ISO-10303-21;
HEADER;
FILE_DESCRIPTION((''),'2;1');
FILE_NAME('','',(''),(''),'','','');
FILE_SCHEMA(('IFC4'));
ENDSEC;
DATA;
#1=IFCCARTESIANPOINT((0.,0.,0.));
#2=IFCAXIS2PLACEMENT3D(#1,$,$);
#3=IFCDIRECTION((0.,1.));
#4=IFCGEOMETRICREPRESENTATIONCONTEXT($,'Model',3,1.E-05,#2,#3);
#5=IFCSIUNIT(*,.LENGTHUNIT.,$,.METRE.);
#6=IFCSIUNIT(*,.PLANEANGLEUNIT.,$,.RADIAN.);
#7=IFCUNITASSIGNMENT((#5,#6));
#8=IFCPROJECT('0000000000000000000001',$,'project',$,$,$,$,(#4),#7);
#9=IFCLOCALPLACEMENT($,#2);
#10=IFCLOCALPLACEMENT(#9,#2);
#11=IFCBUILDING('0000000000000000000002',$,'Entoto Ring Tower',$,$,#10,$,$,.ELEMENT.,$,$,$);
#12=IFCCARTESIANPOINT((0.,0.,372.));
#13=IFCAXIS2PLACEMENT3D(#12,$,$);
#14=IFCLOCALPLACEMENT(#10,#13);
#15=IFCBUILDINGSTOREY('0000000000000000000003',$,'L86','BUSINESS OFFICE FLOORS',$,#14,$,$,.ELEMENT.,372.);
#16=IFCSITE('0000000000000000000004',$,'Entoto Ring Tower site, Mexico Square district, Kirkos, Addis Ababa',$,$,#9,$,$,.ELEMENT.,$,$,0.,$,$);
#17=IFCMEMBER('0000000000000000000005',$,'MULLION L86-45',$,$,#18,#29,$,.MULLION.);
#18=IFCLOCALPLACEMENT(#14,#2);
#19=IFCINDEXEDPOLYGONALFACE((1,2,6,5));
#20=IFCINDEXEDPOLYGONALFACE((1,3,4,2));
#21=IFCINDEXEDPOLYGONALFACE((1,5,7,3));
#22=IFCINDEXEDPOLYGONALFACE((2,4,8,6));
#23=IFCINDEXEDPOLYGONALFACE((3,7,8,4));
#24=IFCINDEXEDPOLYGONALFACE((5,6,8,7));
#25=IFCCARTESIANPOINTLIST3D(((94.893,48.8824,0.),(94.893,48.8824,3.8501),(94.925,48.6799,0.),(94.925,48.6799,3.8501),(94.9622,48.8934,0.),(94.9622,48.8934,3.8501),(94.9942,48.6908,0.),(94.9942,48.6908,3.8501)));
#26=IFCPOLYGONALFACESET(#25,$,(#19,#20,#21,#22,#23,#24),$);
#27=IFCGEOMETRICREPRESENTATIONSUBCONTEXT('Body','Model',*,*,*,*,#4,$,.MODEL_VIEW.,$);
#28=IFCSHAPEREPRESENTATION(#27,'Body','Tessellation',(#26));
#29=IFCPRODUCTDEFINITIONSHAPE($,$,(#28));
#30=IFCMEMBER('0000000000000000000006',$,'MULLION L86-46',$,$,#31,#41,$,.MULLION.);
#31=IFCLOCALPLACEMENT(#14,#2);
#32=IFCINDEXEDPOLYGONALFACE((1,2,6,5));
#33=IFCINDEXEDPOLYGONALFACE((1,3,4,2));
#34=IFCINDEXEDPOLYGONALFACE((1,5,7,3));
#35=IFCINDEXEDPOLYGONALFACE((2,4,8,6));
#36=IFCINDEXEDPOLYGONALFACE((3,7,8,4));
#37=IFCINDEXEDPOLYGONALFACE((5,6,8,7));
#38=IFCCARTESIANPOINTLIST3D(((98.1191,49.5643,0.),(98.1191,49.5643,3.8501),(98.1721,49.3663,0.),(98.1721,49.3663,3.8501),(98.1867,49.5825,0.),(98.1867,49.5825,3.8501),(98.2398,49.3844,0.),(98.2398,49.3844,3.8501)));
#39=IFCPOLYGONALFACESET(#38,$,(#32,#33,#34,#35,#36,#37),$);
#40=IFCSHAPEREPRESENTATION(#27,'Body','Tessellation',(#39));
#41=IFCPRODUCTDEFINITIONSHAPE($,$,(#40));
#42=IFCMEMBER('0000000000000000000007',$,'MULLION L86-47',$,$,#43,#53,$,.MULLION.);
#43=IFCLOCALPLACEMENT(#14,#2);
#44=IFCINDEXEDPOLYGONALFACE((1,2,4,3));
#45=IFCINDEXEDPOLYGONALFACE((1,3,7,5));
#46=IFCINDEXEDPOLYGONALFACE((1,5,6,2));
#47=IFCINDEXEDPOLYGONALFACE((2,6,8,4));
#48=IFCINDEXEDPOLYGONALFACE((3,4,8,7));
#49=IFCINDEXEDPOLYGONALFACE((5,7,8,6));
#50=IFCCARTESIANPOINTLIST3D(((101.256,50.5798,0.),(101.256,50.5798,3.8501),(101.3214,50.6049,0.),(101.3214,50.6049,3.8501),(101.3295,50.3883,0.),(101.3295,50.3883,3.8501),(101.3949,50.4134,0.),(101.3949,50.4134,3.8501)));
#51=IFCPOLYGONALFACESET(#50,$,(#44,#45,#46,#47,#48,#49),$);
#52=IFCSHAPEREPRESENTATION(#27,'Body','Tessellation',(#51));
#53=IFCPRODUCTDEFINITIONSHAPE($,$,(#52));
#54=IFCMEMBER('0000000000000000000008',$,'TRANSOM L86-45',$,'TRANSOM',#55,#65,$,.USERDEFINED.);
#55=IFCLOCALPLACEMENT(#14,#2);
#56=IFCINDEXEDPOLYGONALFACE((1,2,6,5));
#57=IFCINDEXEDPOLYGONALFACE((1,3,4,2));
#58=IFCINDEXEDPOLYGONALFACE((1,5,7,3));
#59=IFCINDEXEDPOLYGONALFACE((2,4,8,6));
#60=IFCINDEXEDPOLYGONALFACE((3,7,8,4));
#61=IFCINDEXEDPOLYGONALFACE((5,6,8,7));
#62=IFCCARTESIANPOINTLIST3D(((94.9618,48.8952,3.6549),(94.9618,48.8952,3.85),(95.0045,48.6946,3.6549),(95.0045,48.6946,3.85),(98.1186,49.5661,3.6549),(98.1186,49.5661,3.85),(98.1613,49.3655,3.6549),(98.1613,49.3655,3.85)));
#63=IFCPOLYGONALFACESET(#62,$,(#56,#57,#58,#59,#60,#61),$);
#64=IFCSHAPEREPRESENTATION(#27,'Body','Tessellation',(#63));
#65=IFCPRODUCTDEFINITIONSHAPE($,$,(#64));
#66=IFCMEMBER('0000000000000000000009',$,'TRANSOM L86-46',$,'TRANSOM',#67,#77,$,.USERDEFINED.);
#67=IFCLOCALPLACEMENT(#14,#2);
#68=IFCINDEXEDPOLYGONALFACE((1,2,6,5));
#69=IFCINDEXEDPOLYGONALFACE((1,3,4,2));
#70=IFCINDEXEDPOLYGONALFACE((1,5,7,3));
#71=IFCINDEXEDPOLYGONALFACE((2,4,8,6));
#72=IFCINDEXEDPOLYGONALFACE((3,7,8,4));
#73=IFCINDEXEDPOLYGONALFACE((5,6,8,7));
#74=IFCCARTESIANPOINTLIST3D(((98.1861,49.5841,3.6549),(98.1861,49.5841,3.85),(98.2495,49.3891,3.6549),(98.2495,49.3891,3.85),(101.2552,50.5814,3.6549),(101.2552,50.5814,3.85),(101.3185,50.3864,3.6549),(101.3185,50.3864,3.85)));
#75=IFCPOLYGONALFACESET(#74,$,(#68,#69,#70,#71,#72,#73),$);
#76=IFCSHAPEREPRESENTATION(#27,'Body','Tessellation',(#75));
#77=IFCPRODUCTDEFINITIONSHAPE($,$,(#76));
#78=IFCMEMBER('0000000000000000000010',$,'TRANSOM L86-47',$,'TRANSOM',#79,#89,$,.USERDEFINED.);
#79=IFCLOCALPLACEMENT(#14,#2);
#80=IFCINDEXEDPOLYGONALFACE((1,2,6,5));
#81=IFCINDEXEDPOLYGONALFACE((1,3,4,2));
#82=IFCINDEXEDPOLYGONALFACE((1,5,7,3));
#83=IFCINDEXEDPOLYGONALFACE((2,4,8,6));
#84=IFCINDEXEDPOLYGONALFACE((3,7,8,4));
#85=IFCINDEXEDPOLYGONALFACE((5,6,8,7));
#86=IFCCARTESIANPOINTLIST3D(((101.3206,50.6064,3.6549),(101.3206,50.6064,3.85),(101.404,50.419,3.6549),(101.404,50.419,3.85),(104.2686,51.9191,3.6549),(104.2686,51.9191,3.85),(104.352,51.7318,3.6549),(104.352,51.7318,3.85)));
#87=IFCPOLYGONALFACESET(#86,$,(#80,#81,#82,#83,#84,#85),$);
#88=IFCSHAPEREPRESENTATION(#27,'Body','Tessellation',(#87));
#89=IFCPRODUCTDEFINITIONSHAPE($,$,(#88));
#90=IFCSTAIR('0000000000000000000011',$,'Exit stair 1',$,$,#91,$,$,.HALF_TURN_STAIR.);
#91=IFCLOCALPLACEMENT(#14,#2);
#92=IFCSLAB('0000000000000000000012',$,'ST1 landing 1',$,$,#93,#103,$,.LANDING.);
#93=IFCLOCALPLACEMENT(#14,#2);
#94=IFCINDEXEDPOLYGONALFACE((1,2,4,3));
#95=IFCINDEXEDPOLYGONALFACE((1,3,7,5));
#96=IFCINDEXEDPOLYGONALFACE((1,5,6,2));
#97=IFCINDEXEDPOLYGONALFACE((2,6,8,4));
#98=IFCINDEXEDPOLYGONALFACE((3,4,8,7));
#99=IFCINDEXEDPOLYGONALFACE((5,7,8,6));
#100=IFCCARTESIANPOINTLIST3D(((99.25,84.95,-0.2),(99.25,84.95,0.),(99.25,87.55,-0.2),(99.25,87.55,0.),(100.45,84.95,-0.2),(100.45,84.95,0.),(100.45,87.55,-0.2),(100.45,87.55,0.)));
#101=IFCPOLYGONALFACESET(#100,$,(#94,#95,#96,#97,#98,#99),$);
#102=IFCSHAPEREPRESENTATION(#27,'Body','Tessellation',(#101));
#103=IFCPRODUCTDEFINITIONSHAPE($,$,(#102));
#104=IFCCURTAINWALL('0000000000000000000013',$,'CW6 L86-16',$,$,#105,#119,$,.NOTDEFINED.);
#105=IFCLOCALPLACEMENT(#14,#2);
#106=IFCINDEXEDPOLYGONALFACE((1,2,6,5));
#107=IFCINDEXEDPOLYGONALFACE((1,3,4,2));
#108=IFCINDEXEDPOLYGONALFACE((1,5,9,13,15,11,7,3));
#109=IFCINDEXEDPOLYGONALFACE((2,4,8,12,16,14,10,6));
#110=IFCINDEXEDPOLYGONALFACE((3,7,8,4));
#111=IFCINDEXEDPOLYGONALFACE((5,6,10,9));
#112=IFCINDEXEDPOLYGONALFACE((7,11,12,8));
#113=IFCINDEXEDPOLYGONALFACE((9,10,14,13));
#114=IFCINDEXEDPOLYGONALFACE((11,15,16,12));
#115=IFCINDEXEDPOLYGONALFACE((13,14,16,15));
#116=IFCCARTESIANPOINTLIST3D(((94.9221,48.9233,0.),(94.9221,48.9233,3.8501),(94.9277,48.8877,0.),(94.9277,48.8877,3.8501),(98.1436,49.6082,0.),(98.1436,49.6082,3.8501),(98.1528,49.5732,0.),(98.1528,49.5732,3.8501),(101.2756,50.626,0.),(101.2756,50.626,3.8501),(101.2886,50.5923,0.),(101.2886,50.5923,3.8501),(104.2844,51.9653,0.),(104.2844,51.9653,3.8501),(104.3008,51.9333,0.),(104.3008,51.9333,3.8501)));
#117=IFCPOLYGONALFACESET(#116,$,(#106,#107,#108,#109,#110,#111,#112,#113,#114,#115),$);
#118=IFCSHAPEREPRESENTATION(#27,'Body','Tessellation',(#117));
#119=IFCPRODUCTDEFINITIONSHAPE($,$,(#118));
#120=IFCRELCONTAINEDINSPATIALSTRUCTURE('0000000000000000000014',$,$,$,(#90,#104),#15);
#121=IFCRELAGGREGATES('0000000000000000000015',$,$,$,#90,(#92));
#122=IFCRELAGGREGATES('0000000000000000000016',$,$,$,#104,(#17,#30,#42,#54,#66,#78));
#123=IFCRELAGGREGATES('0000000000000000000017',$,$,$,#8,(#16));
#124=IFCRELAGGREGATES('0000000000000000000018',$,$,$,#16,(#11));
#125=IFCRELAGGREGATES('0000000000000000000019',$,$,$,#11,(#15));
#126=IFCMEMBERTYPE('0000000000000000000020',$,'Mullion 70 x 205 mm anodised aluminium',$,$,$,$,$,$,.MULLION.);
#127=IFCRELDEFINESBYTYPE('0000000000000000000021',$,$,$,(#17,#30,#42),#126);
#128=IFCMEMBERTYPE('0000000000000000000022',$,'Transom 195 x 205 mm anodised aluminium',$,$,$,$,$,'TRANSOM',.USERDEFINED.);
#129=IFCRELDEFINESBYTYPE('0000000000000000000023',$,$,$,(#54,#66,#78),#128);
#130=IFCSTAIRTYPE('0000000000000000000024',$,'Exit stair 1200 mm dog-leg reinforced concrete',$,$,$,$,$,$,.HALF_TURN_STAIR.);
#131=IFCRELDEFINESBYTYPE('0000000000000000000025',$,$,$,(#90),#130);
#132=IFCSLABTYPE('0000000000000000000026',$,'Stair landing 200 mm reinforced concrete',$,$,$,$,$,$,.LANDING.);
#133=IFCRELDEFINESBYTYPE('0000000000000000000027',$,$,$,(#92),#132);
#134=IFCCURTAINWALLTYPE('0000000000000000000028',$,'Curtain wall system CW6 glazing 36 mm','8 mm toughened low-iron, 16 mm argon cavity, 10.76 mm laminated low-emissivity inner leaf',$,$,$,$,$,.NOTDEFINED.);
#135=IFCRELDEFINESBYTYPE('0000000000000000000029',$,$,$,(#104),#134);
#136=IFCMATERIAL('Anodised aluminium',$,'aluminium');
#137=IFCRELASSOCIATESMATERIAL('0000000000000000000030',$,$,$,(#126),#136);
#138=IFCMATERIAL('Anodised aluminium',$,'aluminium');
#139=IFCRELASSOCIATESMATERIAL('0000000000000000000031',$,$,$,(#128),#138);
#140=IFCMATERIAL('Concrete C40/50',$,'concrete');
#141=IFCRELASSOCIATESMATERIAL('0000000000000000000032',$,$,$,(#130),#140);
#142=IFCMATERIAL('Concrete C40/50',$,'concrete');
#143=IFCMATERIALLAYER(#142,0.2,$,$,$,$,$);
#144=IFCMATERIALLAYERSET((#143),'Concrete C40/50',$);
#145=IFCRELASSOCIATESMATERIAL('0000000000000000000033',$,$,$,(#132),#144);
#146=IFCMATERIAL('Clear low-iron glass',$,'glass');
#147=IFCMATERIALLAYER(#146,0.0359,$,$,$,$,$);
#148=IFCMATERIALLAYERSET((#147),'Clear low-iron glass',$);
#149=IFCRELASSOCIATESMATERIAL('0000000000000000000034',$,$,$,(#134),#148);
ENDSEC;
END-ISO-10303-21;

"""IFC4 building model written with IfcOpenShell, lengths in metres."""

from ifc_helpers import new_model, si_unit, direction, frame, origin, origin_2d, place, context, subcontext, project, spatial, polyline, rectangle, outline, extrude, material, layer, layer_set, material_profile, profile_set, type_object, element, aggregate, save


model = new_model("IFC4")

# Units and contexts
model_context = context("Model", 3, precision=1e-05, world=origin(), true_north=direction((0.0, 1.0)))
body_context = subcontext(model_context, "Body", "Model", "MODEL_VIEW")
ifc_project = project(units=[si_unit("LENGTHUNIT", "METRE"), si_unit("PLANEANGLEUNIT", "RADIAN")], contexts=[model_context])

# Members
ifc_material_1 = material(Name="Anodised aluminium", Category="aluminium")
ifc_material_profile_1 = material_profile(ifc_material_1, rectangle(XDim=0.0701, YDim=0.2051, at=origin_2d()), Name="Mullion 70 x 205 mm anodised aluminium")
ifc_profile_set_1 = profile_set([ifc_material_profile_1], Name="Anodised aluminium")
member_type_1 = type_object("IfcMemberType", Name="Mullion 70 x 205 mm anodised aluminium", PredefinedType="MULLION", material=ifc_profile_set_1)
site_placement = place(None, origin())
building_placement = place(site_placement, origin())
storey_placement = place(building_placement, frame((0.0, 0.0, 372.0)))
member_1_placement = place(storey_placement, frame((94.9436, 48.7866, 0.0), z_axis=(0.0, 0.0, 1.0), x_axis=(0.987688, 0.156434, 0.0)))
member_1 = element("IfcMember", 1, at=member_1_placement, type_object=member_type_1, Name="MULLION L86-45", PredefinedType="MULLION", context=body_context, shape_type="SweptSolid", body=[
    extrude(rectangle(XDim=0.0701, YDim=0.2051, at=origin_2d()), origin(), (0.0, 0.0, 1.0), 3.8501),
])
member_2_placement = place(storey_placement, frame((98.1794, 49.4744, 0.0), z_axis=(0.0, 0.0, 1.0), x_axis=(0.965926, 0.258819, 0.0)))
member_2 = element("IfcMember", 2, at=member_2_placement, type_object=member_type_1, Name="MULLION L86-46", PredefinedType="MULLION", context=body_context, shape_type="SweptSolid", body=[
    extrude(rectangle(XDim=0.0701, YDim=0.2051, at=origin_2d()), origin(), (0.0, 0.0, 1.0), 3.8501),
])
member_3_placement = place(storey_placement, frame((101.3254, 50.4966, 0.0), z_axis=(0.0, 0.0, 1.0), x_axis=(0.93358, 0.358368, 0.0)))
member_3 = element("IfcMember", 3, at=member_3_placement, type_object=member_type_1, Name="MULLION L86-47", PredefinedType="MULLION", context=body_context, shape_type="SweptSolid", body=[
    extrude(rectangle(XDim=0.0701, YDim=0.2051, at=origin_2d()), origin(), (0.0, 0.0, 1.0), 3.8501),
])
ifc_material_2 = material(Name="Anodised aluminium", Category="aluminium")
ifc_material_profile_2 = material_profile(ifc_material_2, rectangle(XDim=0.2051, YDim=0.1951, at=origin_2d()), Name="Transom 195 x 205 mm anodised aluminium")
ifc_profile_set_2 = profile_set([ifc_material_profile_2], Name="Anodised aluminium")
member_type_2 = type_object("IfcMemberType", Name="Transom 195 x 205 mm anodised aluminium", ElementType="TRANSOM", PredefinedType="USERDEFINED", material=ifc_profile_set_2)
member_4_placement = place(storey_placement, frame((94.9832, 48.7949, 3.7524), z_axis=(0.978153, 0.207886, 0.0), x_axis=(-0.207886, 0.978153, 0.0)))
member_4 = element("IfcMember", 4, at=member_4_placement, type_object=member_type_2, Name="TRANSOM L86-45", ObjectType="TRANSOM", PredefinedType="USERDEFINED", context=body_context, shape_type="SweptSolid", body=[
    extrude(rectangle(XDim=0.2051, YDim=0.1951, at=origin_2d()), origin(), (0.0, 0.0, 1.0), 3.2273),
])
member_5_placement = place(storey_placement, frame((98.2178, 49.4866, 3.7524), z_axis=(0.951047, 0.309047, 0.0), x_axis=(-0.309047, 0.951047, 0.0)))
member_5 = element("IfcMember", 5, at=member_5_placement, type_object=member_type_2, Name="TRANSOM L86-46", ObjectType="TRANSOM", PredefinedType="USERDEFINED", context=body_context, shape_type="SweptSolid", body=[
    extrude(rectangle(XDim=0.2051, YDim=0.1951, at=origin_2d()), origin(), (0.0, 0.0, 1.0), 3.2271),
])
member_6_placement = place(storey_placement, frame((101.3623, 50.5127, 3.7524), z_axis=(0.913521, 0.406791, 0.0), x_axis=(-0.406791, 0.913521, 0.0)))
member_6 = element("IfcMember", 6, at=member_6_placement, type_object=member_type_2, Name="TRANSOM L86-47", ObjectType="TRANSOM", PredefinedType="USERDEFINED", context=body_context, shape_type="SweptSolid", body=[
    extrude(rectangle(XDim=0.2051, YDim=0.1951, at=origin_2d()), origin(), (0.0, 0.0, 1.0), 3.2271),
])

# Site, building, storey
site = spatial("IfcSite", under=ifc_project, at=site_placement, Name="Entoto Ring Tower site, Mexico Square district, Kirkos, Addis Ababa", CompositionType="ELEMENT", RefElevation=0.0)
building = spatial("IfcBuilding", under=site, at=building_placement, Name="Entoto Ring Tower", CompositionType="ELEMENT")
storey = spatial("IfcBuildingStorey", under=building, at=storey_placement, Name="L86", Description="BUSINESS OFFICE FLOORS", CompositionType="ELEMENT", Elevation=372.0)

# Stair, slab
ifc_material_3 = material(Name="Concrete C40/50", Category="concrete")
stair_type = type_object("IfcStairType", Name="Exit stair 1200 mm dog-leg reinforced concrete", PredefinedType="HALF_TURN_STAIR", material=ifc_material_3)
stair_placement = place(storey_placement, origin())
stair = element("IfcStair", 7, at=stair_placement, inside=storey, type_object=stair_type, Name="Exit stair 1", PredefinedType="HALF_TURN_STAIR")
ifc_material_4 = material(Name="Concrete C40/50", Category="concrete")
ifc_layer_1 = layer(ifc_material_4, 0.2)
ifc_layer_set_1 = layer_set([ifc_layer_1], Name="Concrete C40/50")
slab_type = type_object("IfcSlabType", Name="Stair landing 200 mm reinforced concrete", PredefinedType="LANDING", material=ifc_layer_set_1)
slab_placement = place(storey_placement, frame((0.0, 0.0, -0.2)))
slab = element("IfcSlab", 8, at=slab_placement, type_object=slab_type, Name="ST1 landing 1", PredefinedType="LANDING", context=body_context, shape_type="SweptSolid", body=[
    extrude(outline(polyline([(100.45, 84.95), (100.45, 87.55), (99.25, 87.55), (99.25, 84.95), (100.45, 84.95)])), origin(), (0.0, 0.0, 1.0), 0.2),
])
aggregate(stair, [slab])

# Curtain wall
ifc_material_5 = material(Name="Clear low-iron glass", Category="glass")
ifc_layer_2 = layer(ifc_material_5, 0.0359)
ifc_layer_set_2 = layer_set([ifc_layer_2], Name="Clear low-iron glass")
curtain_wall_type = type_object("IfcCurtainWallType", Name="Curtain wall system CW6 glazing 36 mm", Description="8 mm toughened low-iron, 16 mm argon cavity, 10.76 mm laminated low-emissivity inner leaf", PredefinedType="NOTDEFINED", material=ifc_layer_set_2)
curtain_wall_1_placement = place(storey_placement, origin())
curtain_wall_1 = element("IfcCurtainWall", 9, at=curtain_wall_1_placement, inside=storey, type_object=curtain_wall_type, Name="CW6 L86-16", PredefinedType="NOTDEFINED", context=body_context, shape_type="SweptSolid", body=[
    extrude(outline(polyline([(94.9277, 48.8877), (98.1528, 49.5732), (101.2886, 50.5923), (104.3008, 51.9333), (104.2844, 51.9653), (101.2756, 50.626), (98.1436, 49.6082), (94.9221, 48.9233), (94.9277, 48.8877)])), origin(), (0.0, 0.0, 1.0), 3.8501),
])
aggregate(curtain_wall_1, [member_1, member_2, member_3, member_4, member_5, member_6])

save(model, "model.ifc")
